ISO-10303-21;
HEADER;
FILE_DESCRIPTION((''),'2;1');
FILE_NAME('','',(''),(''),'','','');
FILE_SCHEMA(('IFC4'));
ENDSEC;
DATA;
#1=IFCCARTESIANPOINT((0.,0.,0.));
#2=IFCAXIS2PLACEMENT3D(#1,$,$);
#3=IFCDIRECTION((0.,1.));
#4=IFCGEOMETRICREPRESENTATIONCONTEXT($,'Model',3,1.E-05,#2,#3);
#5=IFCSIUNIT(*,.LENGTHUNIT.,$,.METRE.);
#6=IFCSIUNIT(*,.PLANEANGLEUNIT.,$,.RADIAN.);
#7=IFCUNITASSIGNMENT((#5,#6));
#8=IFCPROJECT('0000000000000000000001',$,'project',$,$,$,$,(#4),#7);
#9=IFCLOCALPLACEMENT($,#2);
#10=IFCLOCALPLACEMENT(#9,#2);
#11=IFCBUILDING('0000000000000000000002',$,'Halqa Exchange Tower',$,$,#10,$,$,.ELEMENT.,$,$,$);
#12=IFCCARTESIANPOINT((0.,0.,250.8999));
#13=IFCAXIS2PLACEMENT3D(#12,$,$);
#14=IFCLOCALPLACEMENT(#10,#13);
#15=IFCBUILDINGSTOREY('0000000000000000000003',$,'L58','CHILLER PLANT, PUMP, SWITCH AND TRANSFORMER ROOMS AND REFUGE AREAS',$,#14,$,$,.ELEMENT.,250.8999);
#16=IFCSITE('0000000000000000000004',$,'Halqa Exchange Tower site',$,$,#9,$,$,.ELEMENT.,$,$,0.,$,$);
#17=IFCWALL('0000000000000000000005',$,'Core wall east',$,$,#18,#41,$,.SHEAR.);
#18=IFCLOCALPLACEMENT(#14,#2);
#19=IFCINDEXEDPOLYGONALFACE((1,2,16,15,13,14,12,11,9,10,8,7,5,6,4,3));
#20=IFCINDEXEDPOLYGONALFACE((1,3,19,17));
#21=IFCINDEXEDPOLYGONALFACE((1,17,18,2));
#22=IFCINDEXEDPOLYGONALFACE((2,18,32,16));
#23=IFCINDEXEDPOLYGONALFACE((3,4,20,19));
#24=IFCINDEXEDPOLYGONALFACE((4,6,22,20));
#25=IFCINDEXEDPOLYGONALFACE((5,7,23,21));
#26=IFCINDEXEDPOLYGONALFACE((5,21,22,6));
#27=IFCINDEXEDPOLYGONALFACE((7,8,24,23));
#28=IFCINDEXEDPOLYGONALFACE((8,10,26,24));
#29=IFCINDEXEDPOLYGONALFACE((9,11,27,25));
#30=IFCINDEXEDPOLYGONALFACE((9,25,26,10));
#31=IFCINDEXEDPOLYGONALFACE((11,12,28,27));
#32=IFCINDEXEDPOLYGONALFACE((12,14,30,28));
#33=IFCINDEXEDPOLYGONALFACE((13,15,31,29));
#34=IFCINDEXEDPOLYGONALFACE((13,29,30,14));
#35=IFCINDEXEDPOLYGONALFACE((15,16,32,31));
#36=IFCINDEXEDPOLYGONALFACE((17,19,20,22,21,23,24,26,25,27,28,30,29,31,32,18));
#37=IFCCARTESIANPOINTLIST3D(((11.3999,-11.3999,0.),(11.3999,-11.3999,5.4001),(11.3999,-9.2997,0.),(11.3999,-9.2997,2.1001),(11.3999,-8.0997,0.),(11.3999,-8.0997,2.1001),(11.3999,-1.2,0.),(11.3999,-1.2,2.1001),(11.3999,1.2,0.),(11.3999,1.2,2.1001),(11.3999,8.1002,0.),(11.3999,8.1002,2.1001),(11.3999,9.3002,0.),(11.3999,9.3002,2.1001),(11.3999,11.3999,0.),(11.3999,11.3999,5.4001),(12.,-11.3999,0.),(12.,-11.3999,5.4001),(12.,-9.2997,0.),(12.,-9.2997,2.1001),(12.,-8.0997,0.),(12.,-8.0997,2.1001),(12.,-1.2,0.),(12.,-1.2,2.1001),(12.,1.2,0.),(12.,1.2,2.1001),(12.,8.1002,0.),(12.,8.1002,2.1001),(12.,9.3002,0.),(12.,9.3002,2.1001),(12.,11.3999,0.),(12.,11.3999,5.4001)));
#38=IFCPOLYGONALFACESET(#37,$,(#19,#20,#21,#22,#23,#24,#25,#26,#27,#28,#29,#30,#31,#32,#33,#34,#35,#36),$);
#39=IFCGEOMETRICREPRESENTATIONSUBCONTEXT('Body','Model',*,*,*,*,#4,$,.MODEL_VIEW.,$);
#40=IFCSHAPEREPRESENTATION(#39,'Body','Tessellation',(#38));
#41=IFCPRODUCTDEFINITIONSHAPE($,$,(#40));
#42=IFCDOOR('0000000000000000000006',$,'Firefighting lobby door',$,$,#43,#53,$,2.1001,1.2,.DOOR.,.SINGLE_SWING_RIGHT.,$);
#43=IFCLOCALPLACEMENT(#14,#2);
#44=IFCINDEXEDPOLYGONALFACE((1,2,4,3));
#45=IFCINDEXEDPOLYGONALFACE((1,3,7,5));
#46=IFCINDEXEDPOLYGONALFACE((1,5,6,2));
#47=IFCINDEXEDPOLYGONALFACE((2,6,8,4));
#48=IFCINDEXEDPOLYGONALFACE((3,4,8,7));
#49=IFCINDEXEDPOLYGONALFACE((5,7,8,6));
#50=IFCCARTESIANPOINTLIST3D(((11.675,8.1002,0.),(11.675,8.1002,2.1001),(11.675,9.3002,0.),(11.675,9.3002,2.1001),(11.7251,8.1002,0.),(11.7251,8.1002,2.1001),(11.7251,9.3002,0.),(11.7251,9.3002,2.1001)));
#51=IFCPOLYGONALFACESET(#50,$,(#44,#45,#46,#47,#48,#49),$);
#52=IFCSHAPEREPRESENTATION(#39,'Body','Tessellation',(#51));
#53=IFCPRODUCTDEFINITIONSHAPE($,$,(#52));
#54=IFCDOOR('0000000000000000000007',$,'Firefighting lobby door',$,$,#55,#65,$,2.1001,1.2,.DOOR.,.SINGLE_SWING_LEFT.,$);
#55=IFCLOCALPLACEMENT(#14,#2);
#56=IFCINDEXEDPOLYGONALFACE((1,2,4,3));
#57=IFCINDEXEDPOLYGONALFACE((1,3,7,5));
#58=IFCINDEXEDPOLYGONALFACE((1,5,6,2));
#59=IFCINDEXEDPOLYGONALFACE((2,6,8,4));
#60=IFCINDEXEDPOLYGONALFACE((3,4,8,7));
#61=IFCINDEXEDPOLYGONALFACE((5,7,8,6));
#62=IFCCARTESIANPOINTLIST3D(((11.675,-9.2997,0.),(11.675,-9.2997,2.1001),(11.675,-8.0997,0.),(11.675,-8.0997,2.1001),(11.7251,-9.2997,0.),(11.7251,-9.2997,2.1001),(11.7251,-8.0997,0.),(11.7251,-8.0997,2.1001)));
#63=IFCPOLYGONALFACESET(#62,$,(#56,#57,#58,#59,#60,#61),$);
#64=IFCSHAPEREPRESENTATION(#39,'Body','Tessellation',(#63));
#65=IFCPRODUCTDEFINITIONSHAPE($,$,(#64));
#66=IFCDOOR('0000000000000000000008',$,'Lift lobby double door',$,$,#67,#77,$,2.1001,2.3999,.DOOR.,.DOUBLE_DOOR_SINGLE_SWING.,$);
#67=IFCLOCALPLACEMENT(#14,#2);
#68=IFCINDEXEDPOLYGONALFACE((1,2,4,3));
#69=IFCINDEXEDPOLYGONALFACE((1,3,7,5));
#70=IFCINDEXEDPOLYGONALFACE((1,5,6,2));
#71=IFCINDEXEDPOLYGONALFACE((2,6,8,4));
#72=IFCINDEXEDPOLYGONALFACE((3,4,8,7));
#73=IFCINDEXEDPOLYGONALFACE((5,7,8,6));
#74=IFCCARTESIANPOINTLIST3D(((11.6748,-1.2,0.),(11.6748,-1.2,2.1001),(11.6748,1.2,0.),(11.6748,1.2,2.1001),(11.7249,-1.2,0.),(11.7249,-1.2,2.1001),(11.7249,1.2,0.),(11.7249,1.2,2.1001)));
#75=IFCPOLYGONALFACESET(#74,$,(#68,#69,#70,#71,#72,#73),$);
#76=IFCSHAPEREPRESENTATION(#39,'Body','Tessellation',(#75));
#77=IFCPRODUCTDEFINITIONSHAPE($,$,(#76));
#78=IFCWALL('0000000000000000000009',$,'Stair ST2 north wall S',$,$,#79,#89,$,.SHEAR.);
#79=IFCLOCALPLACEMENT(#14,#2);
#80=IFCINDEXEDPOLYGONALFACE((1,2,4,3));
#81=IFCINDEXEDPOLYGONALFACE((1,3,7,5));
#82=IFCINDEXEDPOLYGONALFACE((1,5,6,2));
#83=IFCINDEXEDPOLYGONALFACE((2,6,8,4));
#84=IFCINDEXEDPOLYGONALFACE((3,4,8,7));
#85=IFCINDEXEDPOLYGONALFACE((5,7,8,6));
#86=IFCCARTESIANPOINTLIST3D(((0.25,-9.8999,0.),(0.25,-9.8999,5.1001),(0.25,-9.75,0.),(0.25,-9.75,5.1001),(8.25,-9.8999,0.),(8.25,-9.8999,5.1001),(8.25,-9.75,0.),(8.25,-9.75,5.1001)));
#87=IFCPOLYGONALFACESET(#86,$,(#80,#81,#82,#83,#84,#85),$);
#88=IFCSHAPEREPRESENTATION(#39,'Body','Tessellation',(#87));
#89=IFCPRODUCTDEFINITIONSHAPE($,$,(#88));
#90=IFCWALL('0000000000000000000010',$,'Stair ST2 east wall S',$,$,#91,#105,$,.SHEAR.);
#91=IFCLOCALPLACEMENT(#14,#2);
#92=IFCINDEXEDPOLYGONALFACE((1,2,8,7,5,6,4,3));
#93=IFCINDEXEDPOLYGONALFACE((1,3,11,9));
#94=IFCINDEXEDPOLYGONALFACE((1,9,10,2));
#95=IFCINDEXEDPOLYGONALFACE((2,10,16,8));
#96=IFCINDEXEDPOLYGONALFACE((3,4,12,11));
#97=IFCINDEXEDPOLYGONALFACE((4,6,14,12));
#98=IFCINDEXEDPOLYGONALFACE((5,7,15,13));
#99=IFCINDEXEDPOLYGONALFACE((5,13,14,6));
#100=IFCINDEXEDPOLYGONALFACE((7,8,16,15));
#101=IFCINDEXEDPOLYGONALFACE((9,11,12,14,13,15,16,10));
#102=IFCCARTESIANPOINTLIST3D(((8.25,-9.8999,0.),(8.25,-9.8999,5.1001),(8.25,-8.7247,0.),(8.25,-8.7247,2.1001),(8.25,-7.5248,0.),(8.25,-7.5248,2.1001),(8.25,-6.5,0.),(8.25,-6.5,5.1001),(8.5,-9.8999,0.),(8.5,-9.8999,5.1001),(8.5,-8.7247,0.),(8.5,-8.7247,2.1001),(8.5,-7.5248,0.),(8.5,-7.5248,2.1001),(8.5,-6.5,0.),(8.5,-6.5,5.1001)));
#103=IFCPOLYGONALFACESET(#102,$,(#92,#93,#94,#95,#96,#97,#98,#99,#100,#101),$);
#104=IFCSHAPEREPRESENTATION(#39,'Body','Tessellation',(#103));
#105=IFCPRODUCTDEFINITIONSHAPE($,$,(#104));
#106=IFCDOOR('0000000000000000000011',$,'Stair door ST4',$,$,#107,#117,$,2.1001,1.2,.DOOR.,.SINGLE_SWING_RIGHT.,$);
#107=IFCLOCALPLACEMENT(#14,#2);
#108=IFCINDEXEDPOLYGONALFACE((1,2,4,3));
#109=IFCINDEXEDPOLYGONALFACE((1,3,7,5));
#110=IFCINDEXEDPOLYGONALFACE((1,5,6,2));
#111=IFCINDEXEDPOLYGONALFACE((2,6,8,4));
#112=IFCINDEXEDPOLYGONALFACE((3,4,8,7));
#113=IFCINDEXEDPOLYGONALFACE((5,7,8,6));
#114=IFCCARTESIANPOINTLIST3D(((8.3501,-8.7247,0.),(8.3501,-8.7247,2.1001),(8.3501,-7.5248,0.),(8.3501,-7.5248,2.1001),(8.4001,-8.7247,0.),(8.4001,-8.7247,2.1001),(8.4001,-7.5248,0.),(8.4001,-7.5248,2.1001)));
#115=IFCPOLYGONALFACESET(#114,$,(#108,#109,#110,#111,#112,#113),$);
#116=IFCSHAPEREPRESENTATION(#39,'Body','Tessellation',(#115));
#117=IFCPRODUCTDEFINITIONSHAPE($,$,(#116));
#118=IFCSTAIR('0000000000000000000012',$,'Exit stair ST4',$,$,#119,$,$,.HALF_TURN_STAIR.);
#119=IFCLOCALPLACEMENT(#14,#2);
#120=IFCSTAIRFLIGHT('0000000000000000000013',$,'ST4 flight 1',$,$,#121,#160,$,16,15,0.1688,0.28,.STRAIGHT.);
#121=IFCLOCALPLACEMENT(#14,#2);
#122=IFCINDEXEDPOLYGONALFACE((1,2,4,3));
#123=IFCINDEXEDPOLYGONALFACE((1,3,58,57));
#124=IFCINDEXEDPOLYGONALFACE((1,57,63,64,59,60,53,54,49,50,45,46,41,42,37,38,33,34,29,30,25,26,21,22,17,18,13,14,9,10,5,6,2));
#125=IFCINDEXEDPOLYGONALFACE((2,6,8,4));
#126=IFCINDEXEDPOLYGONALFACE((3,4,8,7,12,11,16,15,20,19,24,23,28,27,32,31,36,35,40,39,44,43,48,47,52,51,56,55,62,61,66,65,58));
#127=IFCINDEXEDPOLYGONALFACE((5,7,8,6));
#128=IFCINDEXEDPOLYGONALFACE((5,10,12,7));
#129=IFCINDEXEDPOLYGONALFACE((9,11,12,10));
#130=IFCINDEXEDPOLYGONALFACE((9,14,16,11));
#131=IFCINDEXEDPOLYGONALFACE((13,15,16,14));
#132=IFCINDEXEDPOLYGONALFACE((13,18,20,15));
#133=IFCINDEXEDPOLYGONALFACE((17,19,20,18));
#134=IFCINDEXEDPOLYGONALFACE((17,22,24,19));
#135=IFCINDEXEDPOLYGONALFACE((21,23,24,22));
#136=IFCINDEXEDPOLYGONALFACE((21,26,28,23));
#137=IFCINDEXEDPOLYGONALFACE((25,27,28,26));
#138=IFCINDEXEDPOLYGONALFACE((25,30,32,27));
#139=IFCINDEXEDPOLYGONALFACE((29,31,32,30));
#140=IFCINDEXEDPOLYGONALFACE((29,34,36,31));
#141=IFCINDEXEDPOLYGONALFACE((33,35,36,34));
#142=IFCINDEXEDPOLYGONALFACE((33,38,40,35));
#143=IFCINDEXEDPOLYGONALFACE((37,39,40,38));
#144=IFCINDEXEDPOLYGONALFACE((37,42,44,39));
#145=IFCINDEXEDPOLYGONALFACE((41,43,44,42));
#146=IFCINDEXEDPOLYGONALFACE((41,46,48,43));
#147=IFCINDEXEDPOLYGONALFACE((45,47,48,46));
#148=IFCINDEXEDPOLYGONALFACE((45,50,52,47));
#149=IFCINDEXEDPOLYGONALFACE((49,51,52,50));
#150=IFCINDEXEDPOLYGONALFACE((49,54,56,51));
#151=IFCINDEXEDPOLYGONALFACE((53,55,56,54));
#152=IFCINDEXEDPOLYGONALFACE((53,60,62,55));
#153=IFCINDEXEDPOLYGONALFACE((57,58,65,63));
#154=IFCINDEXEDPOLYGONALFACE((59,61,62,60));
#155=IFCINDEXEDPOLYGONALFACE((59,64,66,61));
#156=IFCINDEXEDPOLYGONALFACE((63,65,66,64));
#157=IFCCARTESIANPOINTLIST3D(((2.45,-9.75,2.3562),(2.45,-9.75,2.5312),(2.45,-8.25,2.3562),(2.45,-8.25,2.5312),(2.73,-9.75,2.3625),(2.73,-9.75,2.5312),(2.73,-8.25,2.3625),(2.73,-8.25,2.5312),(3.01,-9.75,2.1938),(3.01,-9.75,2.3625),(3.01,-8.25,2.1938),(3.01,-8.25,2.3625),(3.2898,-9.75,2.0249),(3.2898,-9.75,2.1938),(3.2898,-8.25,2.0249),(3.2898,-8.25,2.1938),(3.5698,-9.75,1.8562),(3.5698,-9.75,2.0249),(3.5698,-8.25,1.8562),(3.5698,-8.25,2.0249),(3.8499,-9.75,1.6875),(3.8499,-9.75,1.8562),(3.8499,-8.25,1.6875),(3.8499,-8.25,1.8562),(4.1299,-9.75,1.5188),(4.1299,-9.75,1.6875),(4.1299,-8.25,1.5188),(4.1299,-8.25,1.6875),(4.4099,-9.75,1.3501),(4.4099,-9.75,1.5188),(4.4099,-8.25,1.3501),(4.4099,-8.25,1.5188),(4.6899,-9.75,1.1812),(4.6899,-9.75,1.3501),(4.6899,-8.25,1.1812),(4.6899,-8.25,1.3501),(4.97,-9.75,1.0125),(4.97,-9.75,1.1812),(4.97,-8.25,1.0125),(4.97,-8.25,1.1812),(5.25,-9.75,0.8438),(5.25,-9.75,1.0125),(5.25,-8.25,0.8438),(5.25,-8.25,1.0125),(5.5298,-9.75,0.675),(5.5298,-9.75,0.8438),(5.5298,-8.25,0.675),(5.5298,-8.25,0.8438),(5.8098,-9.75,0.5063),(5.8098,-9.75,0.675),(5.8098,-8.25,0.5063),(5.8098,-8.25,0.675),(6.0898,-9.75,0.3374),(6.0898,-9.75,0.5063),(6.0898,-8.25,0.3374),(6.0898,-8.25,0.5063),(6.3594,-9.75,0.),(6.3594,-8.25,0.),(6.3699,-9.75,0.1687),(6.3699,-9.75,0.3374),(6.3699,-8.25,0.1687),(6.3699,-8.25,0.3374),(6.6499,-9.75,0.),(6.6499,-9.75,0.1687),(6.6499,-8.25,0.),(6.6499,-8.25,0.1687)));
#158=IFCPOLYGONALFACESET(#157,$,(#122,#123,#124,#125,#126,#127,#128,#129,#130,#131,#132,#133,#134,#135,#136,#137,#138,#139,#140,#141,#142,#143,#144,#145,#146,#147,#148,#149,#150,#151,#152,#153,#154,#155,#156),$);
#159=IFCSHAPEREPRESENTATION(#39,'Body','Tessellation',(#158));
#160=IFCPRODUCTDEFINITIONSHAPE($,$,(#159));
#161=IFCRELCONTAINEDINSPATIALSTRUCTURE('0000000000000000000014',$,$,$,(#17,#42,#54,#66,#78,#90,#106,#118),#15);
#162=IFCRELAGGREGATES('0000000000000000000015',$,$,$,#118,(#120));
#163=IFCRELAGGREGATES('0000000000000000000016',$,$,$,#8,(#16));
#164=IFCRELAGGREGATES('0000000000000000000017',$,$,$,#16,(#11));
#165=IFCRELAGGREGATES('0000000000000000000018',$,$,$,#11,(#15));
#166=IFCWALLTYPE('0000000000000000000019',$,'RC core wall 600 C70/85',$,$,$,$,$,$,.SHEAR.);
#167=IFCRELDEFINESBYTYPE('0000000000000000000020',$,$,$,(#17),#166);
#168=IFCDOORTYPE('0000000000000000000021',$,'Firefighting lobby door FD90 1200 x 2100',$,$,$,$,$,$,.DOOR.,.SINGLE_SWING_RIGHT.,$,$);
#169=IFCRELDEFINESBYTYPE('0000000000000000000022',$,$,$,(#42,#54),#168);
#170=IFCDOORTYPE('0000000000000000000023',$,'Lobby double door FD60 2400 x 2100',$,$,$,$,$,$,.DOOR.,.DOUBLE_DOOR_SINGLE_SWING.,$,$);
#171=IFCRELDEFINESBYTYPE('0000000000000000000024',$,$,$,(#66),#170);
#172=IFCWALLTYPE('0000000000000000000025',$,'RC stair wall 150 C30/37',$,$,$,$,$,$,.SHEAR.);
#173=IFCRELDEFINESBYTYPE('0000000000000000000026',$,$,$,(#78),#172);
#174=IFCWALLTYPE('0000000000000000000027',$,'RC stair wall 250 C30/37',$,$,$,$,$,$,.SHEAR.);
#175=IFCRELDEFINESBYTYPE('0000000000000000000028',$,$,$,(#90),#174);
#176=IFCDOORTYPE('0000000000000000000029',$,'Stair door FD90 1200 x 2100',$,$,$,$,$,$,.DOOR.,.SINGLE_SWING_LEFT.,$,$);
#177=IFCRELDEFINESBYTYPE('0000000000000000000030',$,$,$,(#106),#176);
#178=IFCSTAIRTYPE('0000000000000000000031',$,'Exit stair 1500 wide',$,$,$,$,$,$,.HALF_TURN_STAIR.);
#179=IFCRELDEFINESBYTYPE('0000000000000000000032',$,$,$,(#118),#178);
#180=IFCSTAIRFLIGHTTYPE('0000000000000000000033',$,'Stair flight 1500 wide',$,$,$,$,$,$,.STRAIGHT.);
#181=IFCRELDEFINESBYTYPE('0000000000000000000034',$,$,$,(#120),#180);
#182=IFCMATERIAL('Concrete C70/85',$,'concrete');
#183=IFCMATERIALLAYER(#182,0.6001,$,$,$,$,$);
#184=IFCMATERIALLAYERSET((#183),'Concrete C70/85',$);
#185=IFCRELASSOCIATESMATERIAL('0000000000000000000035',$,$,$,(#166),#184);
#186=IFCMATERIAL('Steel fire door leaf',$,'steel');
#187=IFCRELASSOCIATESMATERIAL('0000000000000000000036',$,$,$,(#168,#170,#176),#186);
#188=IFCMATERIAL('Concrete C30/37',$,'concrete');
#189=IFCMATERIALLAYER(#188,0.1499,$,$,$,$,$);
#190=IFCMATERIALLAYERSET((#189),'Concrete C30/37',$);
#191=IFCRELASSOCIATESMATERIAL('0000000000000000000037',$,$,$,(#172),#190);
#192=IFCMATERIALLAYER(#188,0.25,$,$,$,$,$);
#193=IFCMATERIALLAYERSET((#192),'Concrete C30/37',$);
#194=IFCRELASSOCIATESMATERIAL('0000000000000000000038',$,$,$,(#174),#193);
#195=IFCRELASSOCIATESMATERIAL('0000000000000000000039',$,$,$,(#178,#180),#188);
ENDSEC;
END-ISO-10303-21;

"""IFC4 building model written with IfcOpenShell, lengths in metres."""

from ifc_helpers import new_model, si_unit, direction, frame, frame_2d, origin, place, context, subcontext, project, spatial, polyline, rectangle, outline, extrude, material, layer, layer_set, type_object, element, fill, aggregate, save


model = new_model("IFC4")

# Units and contexts
model_context = context("Model", 3, precision=1e-05, world=origin(), true_north=direction((0.0, 1.0)))
body_context = subcontext(model_context, "Body", "Model", "MODEL_VIEW")
ifc_project = project(units=[si_unit("LENGTHUNIT", "METRE"), si_unit("PLANEANGLEUNIT", "RADIAN")], contexts=[model_context])

# Site, building, storey
site_placement = place(None, origin())
site = spatial("IfcSite", under=ifc_project, at=site_placement, Name="Halqa Exchange Tower site", CompositionType="ELEMENT", RefElevation=0.0)
building_placement = place(site_placement, origin())
building = spatial("IfcBuilding", under=site, at=building_placement, Name="Halqa Exchange Tower", CompositionType="ELEMENT")
storey_placement = place(building_placement, frame((0.0, 0.0, 250.8999)))
storey = spatial("IfcBuildingStorey", under=building, at=storey_placement, Name="L58", Description="CHILLER PLANT, PUMP, SWITCH AND TRANSFORMER ROOMS AND REFUGE AREAS", CompositionType="ELEMENT", Elevation=250.8999)

# Wall, openings, doors
ifc_material_1 = material(Name="Concrete C70/85", Category="concrete")
ifc_layer_1 = layer(ifc_material_1, 0.6001)
ifc_layer_set_1 = layer_set([ifc_layer_1], Name="Concrete C70/85")
wall_type_1 = type_object("IfcWallType", Name="RC core wall 600 C70/85", PredefinedType="SHEAR", material=ifc_layer_set_1)
wall_1_placement = place(storey_placement, frame((11.7, -11.3999, 0.0), z_axis=(0.0, 0.0, 1.0), x_axis=(0.0, 1.0, 0.0)))
wall_1 = element("IfcWall", 1, at=wall_1_placement, inside=storey, type_object=wall_type_1, Name="Core wall east", PredefinedType="SHEAR", context=body_context, shape_type="SweptSolid", body=[
    extrude(rectangle(XDim=22.7998, YDim=0.6001, at=frame_2d((11.3999, 0.0))), origin(), (0.0, 0.0, 1.0), 5.4001),
])
opening_1_placement = place(wall_1_placement, frame((10.2, 0.0, 0.0)))
opening_1 = element("IfcOpeningElement", 2, at=opening_1_placement, cuts=wall_1, PredefinedType="OPENING", context=body_context, shape_type="SweptSolid", body=[
    extrude(rectangle(XDim=2.3999, YDim=2.1001, at=frame_2d((1.2, 1.05))), frame((0.0, 0.312, 0.0), z_axis=(0.0, -1.0, 0.0), x_axis=(1.0, 0.0, 0.0)), (0.0, 0.0, 1.0), 0.624),
])
opening_2_placement = place(wall_1_placement, frame((19.5, 0.0, 0.0)))
opening_2 = element("IfcOpeningElement", 3, at=opening_2_placement, cuts=wall_1, PredefinedType="OPENING", context=body_context, shape_type="SweptSolid", body=[
    extrude(rectangle(XDim=1.2, YDim=2.1001, at=frame_2d((0.6001, 1.05))), frame((0.0, 0.312, 0.0), z_axis=(0.0, -1.0, 0.0), x_axis=(1.0, 0.0, 0.0)), (0.0, 0.0, 1.0), 0.624),
])
opening_3_placement = place(wall_1_placement, frame((2.1001, 0.0, 0.0)))
opening_3 = element("IfcOpeningElement", 4, at=opening_3_placement, cuts=wall_1, PredefinedType="OPENING", context=body_context, shape_type="SweptSolid", body=[
    extrude(rectangle(XDim=1.2, YDim=2.1001, at=frame_2d((0.6001, 1.05))), frame((0.0, 0.312, 0.0), z_axis=(0.0, -1.0, 0.0), x_axis=(1.0, 0.0, 0.0)), (0.0, 0.0, 1.0), 0.624),
])
ifc_material_2 = material(Name="Steel fire door leaf", Category="steel")
door_type_1 = type_object("IfcDoorType", Name="Firefighting lobby door FD90 1200 x 2100", OperationType="SINGLE_SWING_RIGHT", PredefinedType="DOOR", material=ifc_material_2)
door_1_placement = place(opening_2_placement, origin())
door_1 = element("IfcDoor", 5, at=door_1_placement, inside=storey, type_object=door_type_1, Name="Firefighting lobby door", OperationType="SINGLE_SWING_RIGHT", OverallHeight=2.1001, OverallWidth=1.2, PredefinedType="DOOR", context=body_context, shape_type="SweptSolid", body=[
    extrude(rectangle(XDim=1.2, YDim=2.1001, at=frame_2d((0.6001, 1.05))), frame((0.0, 0.0249, 0.0), z_axis=(0.0, -1.0, 0.0), x_axis=(1.0, 0.0, 0.0)), (0.0, 0.0, 1.0), 0.05),
])
fill(opening_2, door_1)
door_2_placement = place(opening_3_placement, origin())
door_2 = element("IfcDoor", 6, at=door_2_placement, inside=storey, type_object=door_type_1, Name="Firefighting lobby door", OperationType="SINGLE_SWING_LEFT", OverallHeight=2.1001, OverallWidth=1.2, PredefinedType="DOOR", context=body_context, shape_type="SweptSolid", body=[
    extrude(rectangle(XDim=1.2, YDim=2.1001, at=frame_2d((0.6001, 1.05))), frame((0.0, 0.0249, 0.0), z_axis=(0.0, -1.0, 0.0), x_axis=(1.0, 0.0, 0.0)), (0.0, 0.0, 1.0), 0.05),
])
fill(opening_3, door_2)
door_type_2 = type_object("IfcDoorType", Name="Lobby double door FD60 2400 x 2100", OperationType="DOUBLE_DOOR_SINGLE_SWING", PredefinedType="DOOR", material=ifc_material_2)
door_3_placement = place(opening_1_placement, frame((2.3999, 0.0, 0.0), z_axis=(0.0, 0.0, 1.0), x_axis=(-1.0, 0.0, 0.0)))
door_3 = element("IfcDoor", 7, at=door_3_placement, inside=storey, type_object=door_type_2, Name="Lift lobby double door", OperationType="DOUBLE_DOOR_SINGLE_SWING", OverallHeight=2.1001, OverallWidth=2.3999, PredefinedType="DOOR", context=body_context, shape_type="SweptSolid", body=[
    extrude(rectangle(XDim=2.3999, YDim=2.1001, at=frame_2d((1.2, 1.05))), frame((0.0, 0.0249, 0.0), z_axis=(0.0, -1.0, 0.0), x_axis=(1.0, 0.0, 0.0)), (0.0, 0.0, 1.0), 0.05),
])
fill(opening_1, door_3)

# Wall
ifc_material_3 = material(Name="Concrete C30/37", Category="concrete")
ifc_layer_2 = layer(ifc_material_3, 0.1499)
ifc_layer_set_2 = layer_set([ifc_layer_2], Name="Concrete C30/37")
wall_type_2 = type_object("IfcWallType", Name="RC stair wall 150 C30/37", PredefinedType="SHEAR", material=ifc_layer_set_2)
wall_2_placement = place(storey_placement, frame((0.25, -9.825, 0.0), z_axis=(0.0, 0.0, 1.0), x_axis=(1.0, 0.0, 0.0)))
element("IfcWall", 8, at=wall_2_placement, inside=storey, type_object=wall_type_2, Name="Stair ST2 north wall S", PredefinedType="SHEAR", context=body_context, shape_type="SweptSolid", body=[
    extrude(rectangle(XDim=8.0, YDim=0.1499, at=frame_2d((4.0, 0.0))), origin(), (0.0, 0.0, 1.0), 5.1001),
])

# Wall, opening, door
ifc_layer_3 = layer(ifc_material_3, 0.25)
ifc_layer_set_3 = layer_set([ifc_layer_3], Name="Concrete C30/37")
wall_type_3 = type_object("IfcWallType", Name="RC stair wall 250 C30/37", PredefinedType="SHEAR", material=ifc_layer_set_3)
wall_3_placement = place(storey_placement, frame((8.375, -9.8999, 0.0), z_axis=(0.0, 0.0, 1.0), x_axis=(0.0, 1.0, 0.0)))
wall_3 = element("IfcWall", 9, at=wall_3_placement, inside=storey, type_object=wall_type_3, Name="Stair ST2 east wall S", PredefinedType="SHEAR", context=body_context, shape_type="SweptSolid", body=[
    extrude(rectangle(XDim=3.3999, YDim=0.25, at=frame_2d((1.7, 0.0))), origin(), (0.0, 0.0, 1.0), 5.1001),
])
opening_4_placement = place(wall_3_placement, frame((1.175, 0.0, 0.0)))
opening_4 = element("IfcOpeningElement", 10, at=opening_4_placement, cuts=wall_3, PredefinedType="OPENING", context=body_context, shape_type="SweptSolid", body=[
    extrude(rectangle(XDim=1.2, YDim=2.1001, at=frame_2d((0.6001, 1.05))), frame((0.0, 0.137, 0.0), z_axis=(0.0, -1.0, 0.0), x_axis=(1.0, 0.0, 0.0)), (0.0, 0.0, 1.0), 0.2739),
])
door_type_3 = type_object("IfcDoorType", Name="Stair door FD90 1200 x 2100", OperationType="SINGLE_SWING_LEFT", PredefinedType="DOOR", material=ifc_material_2)
door_4_placement = place(opening_4_placement, origin())
door_4 = element("IfcDoor", 11, at=door_4_placement, inside=storey, type_object=door_type_3, Name="Stair door ST4", OperationType="SINGLE_SWING_RIGHT", OverallHeight=2.1001, OverallWidth=1.2, PredefinedType="DOOR", context=body_context, shape_type="SweptSolid", body=[
    extrude(rectangle(XDim=1.2, YDim=2.1001, at=frame_2d((0.6001, 1.05))), frame((0.0, 0.0249, 0.0), z_axis=(0.0, -1.0, 0.0), x_axis=(1.0, 0.0, 0.0)), (0.0, 0.0, 1.0), 0.05),
])
fill(opening_4, door_4)

# Stair, stair flight
stair_type = type_object("IfcStairType", Name="Exit stair 1500 wide", PredefinedType="HALF_TURN_STAIR", material=ifc_material_3)
stair_placement = place(storey_placement, origin())
stair = element("IfcStair", 12, at=stair_placement, inside=storey, type_object=stair_type, Name="Exit stair ST4", PredefinedType="HALF_TURN_STAIR")
stair_flight_type = type_object("IfcStairFlightType", Name="Stair flight 1500 wide", PredefinedType="STRAIGHT", material=ifc_material_3)
stair_flight_1_placement = place(storey_placement, frame((6.6499, -9.0, 0.0), z_axis=(0.0, 0.0, 1.0), x_axis=(-1.0, 0.0, 0.0)))
stair_flight_1 = element("IfcStairFlight", 13, at=stair_flight_1_placement, type_object=stair_flight_type, Name="ST4 flight 1", NumberOfRisers=16, NumberOfTreads=15, PredefinedType="STRAIGHT", RiserHeight=0.1688, TreadLength=0.28, context=body_context, shape_type="SweptSolid", body=[
    extrude(outline(polyline([(0.0, 0.0), (0.0, 0.1687), (0.28, 0.1687), (0.28, 0.3374), (0.5601, 0.3374), (0.5601, 0.5063), (0.8401, 0.5063), (0.8401, 0.675), (1.1201, 0.675), (1.1201, 0.8438), (1.3999, 0.8438), (1.3999, 1.0125), (1.6799, 1.0125), (1.6799, 1.1812), (1.96, 1.1812), (1.96, 1.3501), (2.24, 1.3501), (2.24, 1.5188), (2.52, 1.5188), (2.52, 1.6875), (2.8, 1.6875), (2.8, 1.8562), (3.0801, 1.8562), (3.0801, 2.0249), (3.3601, 2.0249), (3.3601, 2.1938), (3.6399, 2.1938), (3.6399, 2.3625), (3.9199, 2.3625), (3.9199, 2.5312), (4.2, 2.5312), (4.2, 2.7), (4.2, 2.3562), (0.2905, 0.0), (0.0, 0.0)])), frame((0.0, 0.75, 0.0), z_axis=(0.0, -1.0, 0.0), x_axis=(1.0, 0.0, 0.0)), (0.0, 0.0, 1.0), 1.5),
])
aggregate(stair, [stair_flight_1])

save(model, "model.ifc")
